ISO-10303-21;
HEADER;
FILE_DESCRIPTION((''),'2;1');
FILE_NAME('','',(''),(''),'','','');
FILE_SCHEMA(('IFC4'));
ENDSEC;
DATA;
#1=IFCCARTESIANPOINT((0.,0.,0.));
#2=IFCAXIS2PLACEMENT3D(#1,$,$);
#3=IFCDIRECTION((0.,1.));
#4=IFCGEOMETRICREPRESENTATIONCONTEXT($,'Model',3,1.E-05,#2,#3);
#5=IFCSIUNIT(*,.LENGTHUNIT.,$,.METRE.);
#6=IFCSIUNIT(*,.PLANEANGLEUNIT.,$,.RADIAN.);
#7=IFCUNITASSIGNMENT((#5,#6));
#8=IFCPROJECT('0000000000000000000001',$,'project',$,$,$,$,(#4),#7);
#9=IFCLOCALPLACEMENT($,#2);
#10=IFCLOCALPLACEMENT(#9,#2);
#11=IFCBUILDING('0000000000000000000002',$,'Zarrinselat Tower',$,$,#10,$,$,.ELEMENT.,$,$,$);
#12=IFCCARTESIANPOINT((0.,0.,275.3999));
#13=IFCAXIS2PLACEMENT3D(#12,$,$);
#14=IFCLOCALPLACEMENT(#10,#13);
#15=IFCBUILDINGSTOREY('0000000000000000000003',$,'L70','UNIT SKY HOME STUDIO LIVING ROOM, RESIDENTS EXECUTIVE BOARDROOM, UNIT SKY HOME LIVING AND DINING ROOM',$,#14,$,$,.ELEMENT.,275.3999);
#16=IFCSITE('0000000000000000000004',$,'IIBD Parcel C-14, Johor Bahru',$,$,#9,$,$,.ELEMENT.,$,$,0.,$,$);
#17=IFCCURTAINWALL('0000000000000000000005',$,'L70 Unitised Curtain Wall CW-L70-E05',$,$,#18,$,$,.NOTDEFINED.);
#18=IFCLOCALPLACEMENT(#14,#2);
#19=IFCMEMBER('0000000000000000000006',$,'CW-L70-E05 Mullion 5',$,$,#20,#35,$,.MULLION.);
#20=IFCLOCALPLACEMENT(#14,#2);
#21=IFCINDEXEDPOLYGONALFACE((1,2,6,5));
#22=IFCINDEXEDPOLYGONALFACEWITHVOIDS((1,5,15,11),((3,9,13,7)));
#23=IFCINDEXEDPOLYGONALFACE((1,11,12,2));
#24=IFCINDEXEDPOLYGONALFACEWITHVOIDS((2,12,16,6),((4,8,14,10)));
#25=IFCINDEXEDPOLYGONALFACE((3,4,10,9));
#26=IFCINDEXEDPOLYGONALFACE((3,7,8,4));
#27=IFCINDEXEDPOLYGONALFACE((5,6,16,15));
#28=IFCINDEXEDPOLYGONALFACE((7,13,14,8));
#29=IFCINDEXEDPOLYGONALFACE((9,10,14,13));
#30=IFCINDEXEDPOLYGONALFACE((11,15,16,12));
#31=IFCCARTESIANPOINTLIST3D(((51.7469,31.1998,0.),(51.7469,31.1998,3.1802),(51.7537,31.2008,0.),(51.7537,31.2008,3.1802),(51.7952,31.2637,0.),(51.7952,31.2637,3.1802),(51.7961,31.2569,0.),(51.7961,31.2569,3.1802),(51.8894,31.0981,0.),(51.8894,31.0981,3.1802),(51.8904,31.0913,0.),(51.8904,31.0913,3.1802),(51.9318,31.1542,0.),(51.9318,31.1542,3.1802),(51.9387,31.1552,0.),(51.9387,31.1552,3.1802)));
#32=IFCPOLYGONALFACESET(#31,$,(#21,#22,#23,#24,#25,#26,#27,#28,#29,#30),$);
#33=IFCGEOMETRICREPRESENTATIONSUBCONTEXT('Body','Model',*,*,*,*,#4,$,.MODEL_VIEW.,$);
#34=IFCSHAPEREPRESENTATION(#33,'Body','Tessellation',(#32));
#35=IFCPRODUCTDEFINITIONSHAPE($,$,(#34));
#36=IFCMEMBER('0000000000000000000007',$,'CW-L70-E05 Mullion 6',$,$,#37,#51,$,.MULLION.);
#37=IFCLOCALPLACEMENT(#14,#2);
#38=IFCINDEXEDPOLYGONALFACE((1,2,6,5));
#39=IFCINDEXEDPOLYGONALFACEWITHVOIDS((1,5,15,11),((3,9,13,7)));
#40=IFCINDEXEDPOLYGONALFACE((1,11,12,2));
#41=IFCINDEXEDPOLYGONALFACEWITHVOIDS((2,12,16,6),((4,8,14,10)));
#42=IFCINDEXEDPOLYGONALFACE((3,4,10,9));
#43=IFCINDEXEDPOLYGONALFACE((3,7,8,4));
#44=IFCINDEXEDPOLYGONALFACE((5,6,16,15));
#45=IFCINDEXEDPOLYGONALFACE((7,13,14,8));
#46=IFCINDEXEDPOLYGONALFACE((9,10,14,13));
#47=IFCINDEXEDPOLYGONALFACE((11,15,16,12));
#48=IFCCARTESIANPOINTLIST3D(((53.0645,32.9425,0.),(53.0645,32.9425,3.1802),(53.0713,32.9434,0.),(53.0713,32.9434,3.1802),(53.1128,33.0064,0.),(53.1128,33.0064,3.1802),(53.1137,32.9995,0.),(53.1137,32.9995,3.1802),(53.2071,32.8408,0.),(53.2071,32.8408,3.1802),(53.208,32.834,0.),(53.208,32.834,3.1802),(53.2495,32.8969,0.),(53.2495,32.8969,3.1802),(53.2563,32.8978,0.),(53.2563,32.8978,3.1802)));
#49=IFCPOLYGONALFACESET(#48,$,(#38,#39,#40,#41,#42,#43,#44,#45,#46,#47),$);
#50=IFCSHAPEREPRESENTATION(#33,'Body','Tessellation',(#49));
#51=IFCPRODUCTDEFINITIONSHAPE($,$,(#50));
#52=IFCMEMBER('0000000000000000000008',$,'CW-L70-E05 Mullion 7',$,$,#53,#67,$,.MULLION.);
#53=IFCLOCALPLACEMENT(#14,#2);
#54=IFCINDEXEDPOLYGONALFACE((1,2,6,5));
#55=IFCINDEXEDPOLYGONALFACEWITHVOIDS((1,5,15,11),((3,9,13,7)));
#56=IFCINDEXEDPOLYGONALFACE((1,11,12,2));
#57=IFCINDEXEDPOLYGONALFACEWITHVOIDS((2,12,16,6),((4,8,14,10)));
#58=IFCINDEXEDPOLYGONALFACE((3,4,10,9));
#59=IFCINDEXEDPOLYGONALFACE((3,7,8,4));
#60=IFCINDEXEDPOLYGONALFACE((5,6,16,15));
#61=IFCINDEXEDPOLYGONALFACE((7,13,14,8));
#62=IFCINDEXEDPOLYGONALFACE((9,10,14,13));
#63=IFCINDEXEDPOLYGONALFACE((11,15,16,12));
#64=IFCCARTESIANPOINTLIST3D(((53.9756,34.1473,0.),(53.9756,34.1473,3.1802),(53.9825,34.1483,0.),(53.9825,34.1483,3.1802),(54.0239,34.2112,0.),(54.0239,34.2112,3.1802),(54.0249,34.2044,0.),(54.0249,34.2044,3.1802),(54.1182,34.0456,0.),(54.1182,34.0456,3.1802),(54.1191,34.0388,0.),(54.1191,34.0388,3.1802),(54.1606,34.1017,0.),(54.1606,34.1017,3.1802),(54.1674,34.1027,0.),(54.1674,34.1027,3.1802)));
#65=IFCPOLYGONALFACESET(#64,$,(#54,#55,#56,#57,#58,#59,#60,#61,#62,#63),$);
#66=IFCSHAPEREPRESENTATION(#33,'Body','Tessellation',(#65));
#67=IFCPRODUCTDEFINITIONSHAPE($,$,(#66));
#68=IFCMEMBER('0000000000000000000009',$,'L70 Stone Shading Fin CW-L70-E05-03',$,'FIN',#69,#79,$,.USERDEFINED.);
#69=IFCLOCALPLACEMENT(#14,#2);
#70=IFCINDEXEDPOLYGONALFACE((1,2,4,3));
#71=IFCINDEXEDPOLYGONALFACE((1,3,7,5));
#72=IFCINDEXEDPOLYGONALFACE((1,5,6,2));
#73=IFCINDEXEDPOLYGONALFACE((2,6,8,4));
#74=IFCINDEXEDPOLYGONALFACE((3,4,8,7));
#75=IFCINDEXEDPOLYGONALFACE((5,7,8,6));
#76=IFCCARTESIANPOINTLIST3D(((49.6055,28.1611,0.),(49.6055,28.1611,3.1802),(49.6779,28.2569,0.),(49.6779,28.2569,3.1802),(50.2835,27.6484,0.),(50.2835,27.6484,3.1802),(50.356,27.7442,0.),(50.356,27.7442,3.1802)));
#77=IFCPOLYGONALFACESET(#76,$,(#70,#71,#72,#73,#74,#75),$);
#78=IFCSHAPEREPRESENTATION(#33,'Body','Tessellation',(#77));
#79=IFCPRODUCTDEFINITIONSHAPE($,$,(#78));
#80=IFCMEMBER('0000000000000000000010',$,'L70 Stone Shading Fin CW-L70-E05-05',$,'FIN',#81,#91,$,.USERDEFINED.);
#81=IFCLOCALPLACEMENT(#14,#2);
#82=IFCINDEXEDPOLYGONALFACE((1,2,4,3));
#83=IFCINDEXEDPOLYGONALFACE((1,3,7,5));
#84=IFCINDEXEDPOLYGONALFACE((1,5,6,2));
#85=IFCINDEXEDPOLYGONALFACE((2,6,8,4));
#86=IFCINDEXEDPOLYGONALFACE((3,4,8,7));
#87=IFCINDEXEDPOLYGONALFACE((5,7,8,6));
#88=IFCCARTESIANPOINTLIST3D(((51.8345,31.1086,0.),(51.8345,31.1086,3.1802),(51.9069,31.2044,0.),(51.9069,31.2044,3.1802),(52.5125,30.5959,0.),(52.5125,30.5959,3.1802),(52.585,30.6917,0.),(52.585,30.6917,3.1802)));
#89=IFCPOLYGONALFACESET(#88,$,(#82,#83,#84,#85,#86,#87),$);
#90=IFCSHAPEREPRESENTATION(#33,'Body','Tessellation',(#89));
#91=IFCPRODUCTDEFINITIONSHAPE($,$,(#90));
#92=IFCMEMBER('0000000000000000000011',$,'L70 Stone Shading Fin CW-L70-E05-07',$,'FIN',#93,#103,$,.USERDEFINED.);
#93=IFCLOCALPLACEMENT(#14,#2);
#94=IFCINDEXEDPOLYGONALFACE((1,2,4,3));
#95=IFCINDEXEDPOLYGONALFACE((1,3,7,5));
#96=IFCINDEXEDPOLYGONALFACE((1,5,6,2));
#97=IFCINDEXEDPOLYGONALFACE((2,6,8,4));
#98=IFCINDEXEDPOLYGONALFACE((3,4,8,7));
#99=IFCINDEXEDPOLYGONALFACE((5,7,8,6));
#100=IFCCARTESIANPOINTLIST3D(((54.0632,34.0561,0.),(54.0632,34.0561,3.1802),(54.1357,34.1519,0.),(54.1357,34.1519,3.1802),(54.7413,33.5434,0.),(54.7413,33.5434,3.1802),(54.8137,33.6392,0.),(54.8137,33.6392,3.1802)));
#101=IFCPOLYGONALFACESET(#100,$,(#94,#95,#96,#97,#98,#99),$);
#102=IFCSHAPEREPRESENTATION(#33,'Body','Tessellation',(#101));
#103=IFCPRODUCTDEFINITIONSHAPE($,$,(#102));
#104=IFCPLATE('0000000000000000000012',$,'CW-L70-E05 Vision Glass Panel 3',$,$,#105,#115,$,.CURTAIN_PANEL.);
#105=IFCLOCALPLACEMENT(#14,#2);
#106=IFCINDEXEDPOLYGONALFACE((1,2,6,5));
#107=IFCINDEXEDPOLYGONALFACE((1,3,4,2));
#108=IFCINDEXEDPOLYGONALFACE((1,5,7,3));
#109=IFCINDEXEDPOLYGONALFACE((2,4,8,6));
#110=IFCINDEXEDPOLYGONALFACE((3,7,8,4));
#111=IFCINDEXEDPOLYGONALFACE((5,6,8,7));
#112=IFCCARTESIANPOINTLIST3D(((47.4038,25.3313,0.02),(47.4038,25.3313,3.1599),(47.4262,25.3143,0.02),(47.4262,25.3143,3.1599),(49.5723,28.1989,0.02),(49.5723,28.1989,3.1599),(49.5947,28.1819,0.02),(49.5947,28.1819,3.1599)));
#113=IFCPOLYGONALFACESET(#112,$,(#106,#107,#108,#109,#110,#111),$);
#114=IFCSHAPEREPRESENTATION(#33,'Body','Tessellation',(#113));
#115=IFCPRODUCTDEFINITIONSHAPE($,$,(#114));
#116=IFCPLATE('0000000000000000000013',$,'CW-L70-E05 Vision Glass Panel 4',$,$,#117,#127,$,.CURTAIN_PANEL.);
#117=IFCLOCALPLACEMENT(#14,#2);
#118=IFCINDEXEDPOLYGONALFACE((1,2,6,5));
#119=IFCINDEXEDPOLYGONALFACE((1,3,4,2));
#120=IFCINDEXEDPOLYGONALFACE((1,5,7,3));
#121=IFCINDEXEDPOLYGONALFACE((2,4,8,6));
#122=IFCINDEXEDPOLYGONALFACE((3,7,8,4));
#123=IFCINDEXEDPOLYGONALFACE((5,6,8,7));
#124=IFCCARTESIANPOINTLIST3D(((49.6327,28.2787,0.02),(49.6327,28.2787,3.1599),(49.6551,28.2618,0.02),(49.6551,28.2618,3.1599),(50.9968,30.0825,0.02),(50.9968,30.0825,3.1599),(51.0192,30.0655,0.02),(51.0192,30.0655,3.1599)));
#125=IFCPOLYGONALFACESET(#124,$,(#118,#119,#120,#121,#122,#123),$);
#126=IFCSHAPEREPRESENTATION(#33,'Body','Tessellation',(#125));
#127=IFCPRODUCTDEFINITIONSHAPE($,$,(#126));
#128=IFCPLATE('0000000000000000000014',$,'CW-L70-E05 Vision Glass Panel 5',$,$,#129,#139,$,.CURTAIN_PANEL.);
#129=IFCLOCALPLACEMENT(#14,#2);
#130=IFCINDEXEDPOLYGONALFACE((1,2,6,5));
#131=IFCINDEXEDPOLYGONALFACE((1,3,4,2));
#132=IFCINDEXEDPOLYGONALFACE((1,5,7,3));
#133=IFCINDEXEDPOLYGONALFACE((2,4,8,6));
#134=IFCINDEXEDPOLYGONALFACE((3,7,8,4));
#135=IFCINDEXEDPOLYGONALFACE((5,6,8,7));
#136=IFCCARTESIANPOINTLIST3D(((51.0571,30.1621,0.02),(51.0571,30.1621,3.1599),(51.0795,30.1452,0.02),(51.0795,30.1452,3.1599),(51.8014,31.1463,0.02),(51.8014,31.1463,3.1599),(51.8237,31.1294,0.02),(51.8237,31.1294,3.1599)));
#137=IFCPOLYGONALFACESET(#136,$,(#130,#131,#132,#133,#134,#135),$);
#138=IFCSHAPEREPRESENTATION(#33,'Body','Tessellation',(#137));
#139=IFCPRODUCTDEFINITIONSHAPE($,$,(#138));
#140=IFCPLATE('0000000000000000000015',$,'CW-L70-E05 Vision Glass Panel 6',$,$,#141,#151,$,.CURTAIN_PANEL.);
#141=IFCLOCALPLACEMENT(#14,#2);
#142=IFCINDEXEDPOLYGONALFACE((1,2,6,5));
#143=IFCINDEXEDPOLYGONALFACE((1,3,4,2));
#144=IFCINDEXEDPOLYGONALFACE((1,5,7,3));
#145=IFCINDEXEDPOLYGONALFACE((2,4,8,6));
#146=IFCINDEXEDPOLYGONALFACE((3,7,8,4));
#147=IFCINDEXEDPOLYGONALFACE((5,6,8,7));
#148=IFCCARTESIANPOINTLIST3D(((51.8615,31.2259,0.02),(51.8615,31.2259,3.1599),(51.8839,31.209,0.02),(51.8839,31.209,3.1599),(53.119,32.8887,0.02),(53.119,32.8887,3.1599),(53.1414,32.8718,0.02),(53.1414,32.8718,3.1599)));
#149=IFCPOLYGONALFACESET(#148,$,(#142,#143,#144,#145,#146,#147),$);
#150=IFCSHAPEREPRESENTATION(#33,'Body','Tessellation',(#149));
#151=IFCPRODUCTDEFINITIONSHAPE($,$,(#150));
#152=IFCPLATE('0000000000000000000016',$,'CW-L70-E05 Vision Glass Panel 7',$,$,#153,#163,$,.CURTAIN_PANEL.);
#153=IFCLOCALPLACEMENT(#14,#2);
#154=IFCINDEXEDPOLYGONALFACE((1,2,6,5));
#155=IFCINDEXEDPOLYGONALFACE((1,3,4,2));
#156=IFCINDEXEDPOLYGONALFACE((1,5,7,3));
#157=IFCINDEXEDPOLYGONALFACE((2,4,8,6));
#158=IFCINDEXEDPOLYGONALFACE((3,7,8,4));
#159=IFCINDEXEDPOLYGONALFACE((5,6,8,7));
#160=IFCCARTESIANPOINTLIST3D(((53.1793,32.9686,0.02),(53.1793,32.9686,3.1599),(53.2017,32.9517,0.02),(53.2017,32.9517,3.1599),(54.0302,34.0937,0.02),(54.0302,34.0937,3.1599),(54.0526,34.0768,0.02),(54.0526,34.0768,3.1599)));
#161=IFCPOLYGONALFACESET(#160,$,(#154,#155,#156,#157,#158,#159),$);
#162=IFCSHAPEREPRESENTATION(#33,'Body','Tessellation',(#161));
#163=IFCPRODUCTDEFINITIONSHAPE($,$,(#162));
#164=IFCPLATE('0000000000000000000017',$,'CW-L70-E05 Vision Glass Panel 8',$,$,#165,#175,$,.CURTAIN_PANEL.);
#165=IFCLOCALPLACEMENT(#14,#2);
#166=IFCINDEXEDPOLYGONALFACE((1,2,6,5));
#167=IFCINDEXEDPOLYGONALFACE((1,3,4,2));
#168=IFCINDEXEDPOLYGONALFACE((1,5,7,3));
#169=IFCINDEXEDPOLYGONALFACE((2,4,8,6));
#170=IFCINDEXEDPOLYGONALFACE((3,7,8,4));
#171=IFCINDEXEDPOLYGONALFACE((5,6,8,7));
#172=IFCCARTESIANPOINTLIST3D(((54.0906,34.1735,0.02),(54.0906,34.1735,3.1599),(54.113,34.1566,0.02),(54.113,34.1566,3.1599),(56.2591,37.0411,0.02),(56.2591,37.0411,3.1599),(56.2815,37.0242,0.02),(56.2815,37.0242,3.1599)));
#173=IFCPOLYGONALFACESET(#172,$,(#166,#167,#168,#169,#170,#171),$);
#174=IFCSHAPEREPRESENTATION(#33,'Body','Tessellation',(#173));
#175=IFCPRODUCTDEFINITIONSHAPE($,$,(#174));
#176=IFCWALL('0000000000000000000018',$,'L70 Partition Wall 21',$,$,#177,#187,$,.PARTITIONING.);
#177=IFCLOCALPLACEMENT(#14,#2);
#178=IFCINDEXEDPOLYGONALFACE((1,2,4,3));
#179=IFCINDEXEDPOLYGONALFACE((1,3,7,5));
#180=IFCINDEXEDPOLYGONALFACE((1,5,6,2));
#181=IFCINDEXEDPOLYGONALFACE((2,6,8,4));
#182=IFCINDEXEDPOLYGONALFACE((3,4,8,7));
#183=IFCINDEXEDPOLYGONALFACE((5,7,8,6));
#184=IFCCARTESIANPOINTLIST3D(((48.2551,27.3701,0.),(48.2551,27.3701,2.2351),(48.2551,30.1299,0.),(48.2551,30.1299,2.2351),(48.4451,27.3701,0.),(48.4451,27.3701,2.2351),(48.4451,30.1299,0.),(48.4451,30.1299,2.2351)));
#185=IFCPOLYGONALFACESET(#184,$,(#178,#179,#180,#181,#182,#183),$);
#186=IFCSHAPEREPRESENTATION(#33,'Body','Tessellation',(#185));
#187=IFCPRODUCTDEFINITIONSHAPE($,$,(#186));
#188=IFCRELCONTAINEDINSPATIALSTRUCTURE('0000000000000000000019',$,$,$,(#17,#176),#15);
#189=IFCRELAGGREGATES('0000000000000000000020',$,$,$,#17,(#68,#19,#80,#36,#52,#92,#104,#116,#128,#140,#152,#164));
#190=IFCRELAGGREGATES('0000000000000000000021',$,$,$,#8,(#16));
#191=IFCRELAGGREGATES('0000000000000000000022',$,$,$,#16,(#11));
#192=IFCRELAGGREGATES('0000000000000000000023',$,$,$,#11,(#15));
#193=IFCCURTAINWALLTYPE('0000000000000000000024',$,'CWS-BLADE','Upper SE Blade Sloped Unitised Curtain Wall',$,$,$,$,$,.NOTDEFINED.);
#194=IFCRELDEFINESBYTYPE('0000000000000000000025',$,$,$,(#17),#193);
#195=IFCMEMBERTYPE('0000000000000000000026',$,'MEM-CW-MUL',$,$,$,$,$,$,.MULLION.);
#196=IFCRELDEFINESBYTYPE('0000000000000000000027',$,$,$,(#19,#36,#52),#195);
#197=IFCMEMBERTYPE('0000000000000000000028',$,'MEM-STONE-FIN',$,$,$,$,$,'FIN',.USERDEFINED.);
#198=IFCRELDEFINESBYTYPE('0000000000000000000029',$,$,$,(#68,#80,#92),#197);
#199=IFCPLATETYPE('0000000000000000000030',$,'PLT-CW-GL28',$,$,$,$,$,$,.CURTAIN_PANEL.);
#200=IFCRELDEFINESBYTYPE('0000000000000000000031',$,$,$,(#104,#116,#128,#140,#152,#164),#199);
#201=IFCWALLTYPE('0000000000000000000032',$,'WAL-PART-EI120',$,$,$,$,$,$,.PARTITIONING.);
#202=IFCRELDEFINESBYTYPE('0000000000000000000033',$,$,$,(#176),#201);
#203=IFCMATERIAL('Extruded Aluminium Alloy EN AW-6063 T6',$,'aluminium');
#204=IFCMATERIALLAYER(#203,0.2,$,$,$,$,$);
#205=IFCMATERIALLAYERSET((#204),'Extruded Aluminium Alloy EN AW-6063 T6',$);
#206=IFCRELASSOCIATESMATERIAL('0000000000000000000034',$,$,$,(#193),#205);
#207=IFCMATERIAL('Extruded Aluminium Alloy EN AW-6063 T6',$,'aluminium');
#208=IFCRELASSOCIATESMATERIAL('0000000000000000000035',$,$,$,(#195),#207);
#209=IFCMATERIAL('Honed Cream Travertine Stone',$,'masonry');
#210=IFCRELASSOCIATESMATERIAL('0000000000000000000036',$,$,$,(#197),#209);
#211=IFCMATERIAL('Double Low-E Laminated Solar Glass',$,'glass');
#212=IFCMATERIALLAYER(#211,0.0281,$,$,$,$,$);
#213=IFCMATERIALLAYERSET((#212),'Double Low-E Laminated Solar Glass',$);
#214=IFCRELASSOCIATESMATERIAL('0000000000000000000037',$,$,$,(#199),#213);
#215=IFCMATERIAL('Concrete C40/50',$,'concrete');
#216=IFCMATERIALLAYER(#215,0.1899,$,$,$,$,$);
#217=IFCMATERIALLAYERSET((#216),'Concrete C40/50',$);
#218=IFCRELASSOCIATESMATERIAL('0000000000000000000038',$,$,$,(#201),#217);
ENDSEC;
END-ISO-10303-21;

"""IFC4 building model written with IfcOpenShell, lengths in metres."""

from ifc_helpers import new_model, si_unit, direction, frame, frame_2d, origin, origin_2d, place, context, subcontext, project, spatial, rectangle, hollow_rectangle, extrude, material, layer, layer_set, material_profile, profile_set, type_object, element, aggregate, save


model = new_model("IFC4")

# Units and contexts
model_context = context("Model", 3, precision=1e-05, world=origin(), true_north=direction((0.0, 1.0)))
body_context = subcontext(model_context, "Body", "Model", "MODEL_VIEW")
ifc_project = project(units=[si_unit("LENGTHUNIT", "METRE"), si_unit("PLANEANGLEUNIT", "RADIAN")], contexts=[model_context])

# Site, building, storey
site_placement = place(None, origin())
site = spatial("IfcSite", under=ifc_project, at=site_placement, Name="IIBD Parcel C-14, Johor Bahru", CompositionType="ELEMENT", RefElevation=0.0)
building_placement = place(site_placement, origin())
building = spatial("IfcBuilding", under=site, at=building_placement, Name="Zarrinselat Tower", CompositionType="ELEMENT")
storey_placement = place(building_placement, frame((0.0, 0.0, 275.3999)))
storey = spatial("IfcBuildingStorey", under=building, at=storey_placement, Name="L70", Description="UNIT SKY HOME STUDIO LIVING ROOM, RESIDENTS EXECUTIVE BOARDROOM, UNIT SKY HOME LIVING AND DINING ROOM", CompositionType="ELEMENT", Elevation=275.3999)

# Curtain wall, members, plates
ifc_material_1 = material(Name="Extruded Aluminium Alloy EN AW-6063 T6", Category="aluminium")
ifc_layer_1 = layer(ifc_material_1, 0.2)
ifc_layer_set_1 = layer_set([ifc_layer_1], Name="Extruded Aluminium Alloy EN AW-6063 T6")
curtain_wall_type = type_object("IfcCurtainWallType", Name="CWS-BLADE", Description="Upper SE Blade Sloped Unitised Curtain Wall", PredefinedType="NOTDEFINED", material=ifc_layer_set_1)
curtain_wall_placement = place(storey_placement, origin())
curtain_wall = element("IfcCurtainWall", 1, at=curtain_wall_placement, inside=storey, type_object=curtain_wall_type, Name="L70 Unitised Curtain Wall CW-L70-E05", PredefinedType="NOTDEFINED")
ifc_material_2 = material(Name="Extruded Aluminium Alloy EN AW-6063 T6", Category="aluminium")
ifc_material_profile_1 = material_profile(ifc_material_2, hollow_rectangle(XDim=0.0801, YDim=0.1799, WallThickness=0.0049, at=origin_2d()), Name="RHS 180x80x5")
ifc_profile_set_1 = profile_set([ifc_material_profile_1], Name="Extruded Aluminium Alloy EN AW-6063 T6")
member_type_1 = type_object("IfcMemberType", Name="MEM-CW-MUL", PredefinedType="MULLION", material=ifc_profile_set_1)
member_1_placement = place(storey_placement, frame((51.8428, 31.1775, 0.0), z_axis=(0.0, 0.0, 1.0), x_axis=(0.60317, 0.797613, 0.0)))
member_1 = element("IfcMember", 2, at=member_1_placement, type_object=member_type_1, Name="CW-L70-E05 Mullion 5", PredefinedType="MULLION", context=body_context, shape_type="SweptSolid", body=[
    extrude(hollow_rectangle(XDim=0.0801, YDim=0.1799, WallThickness=0.0049, at=origin_2d()), origin(), (0.0, 0.0, 1.0), 3.1802),
])
member_2_placement = place(storey_placement, frame((53.1604, 32.9202, 0.0), z_axis=(0.0, 0.0, 1.0), x_axis=(0.60317, 0.797613, 0.0)))
member_2 = element("IfcMember", 3, at=member_2_placement, type_object=member_type_1, Name="CW-L70-E05 Mullion 6", PredefinedType="MULLION", context=body_context, shape_type="SweptSolid", body=[
    extrude(hollow_rectangle(XDim=0.0801, YDim=0.1799, WallThickness=0.0049, at=origin_2d()), origin(), (0.0, 0.0, 1.0), 3.1802),
])
member_3_placement = place(storey_placement, frame((54.0715, 34.125, 0.0), z_axis=(0.0, 0.0, 1.0), x_axis=(0.60317, 0.797613, 0.0)))
member_3 = element("IfcMember", 4, at=member_3_placement, type_object=member_type_1, Name="CW-L70-E05 Mullion 7", PredefinedType="MULLION", context=body_context, shape_type="SweptSolid", body=[
    extrude(hollow_rectangle(XDim=0.0801, YDim=0.1799, WallThickness=0.0049, at=origin_2d()), origin(), (0.0, 0.0, 1.0), 3.1802),
])
ifc_material_3 = material(Name="Honed Cream Travertine Stone", Category="masonry")
ifc_material_profile_2 = material_profile(ifc_material_3, rectangle(XDim=0.1201, YDim=0.8501, at=origin_2d()), Name="FIN 850x120")
ifc_profile_set_2 = profile_set([ifc_material_profile_2], Name="Honed Cream Travertine Stone")
member_type_2 = type_object("IfcMemberType", Name="MEM-STONE-FIN", ElementType="FIN", PredefinedType="USERDEFINED", material=ifc_profile_set_2)
member_4_placement = place(storey_placement, frame((49.9807, 27.9526, 0.0), z_axis=(0.0, 0.0, 1.0), x_axis=(-0.60317, -0.797613, 0.0)))
member_4 = element("IfcMember", 5, at=member_4_placement, type_object=member_type_2, Name="L70 Stone Shading Fin CW-L70-E05-03", ObjectType="FIN", PredefinedType="USERDEFINED", context=body_context, shape_type="SweptSolid", body=[
    extrude(rectangle(XDim=0.1201, YDim=0.8501, at=origin_2d()), origin(), (0.0, 0.0, 1.0), 3.1802),
])
member_5_placement = place(storey_placement, frame((52.2097, 30.9001, 0.0), z_axis=(0.0, 0.0, 1.0), x_axis=(-0.60317, -0.797613, 0.0)))
member_5 = element("IfcMember", 6, at=member_5_placement, type_object=member_type_2, Name="L70 Stone Shading Fin CW-L70-E05-05", ObjectType="FIN", PredefinedType="USERDEFINED", context=body_context, shape_type="SweptSolid", body=[
    extrude(rectangle(XDim=0.1201, YDim=0.8501, at=origin_2d()), origin(), (0.0, 0.0, 1.0), 3.1802),
])
member_6_placement = place(storey_placement, frame((54.4385, 33.8477, 0.0), z_axis=(0.0, 0.0, 1.0), x_axis=(-0.60317, -0.797613, 0.0)))
member_6 = element("IfcMember", 7, at=member_6_placement, type_object=member_type_2, Name="L70 Stone Shading Fin CW-L70-E05-07", ObjectType="FIN", PredefinedType="USERDEFINED", context=body_context, shape_type="SweptSolid", body=[
    extrude(rectangle(XDim=0.1201, YDim=0.8501, at=origin_2d()), origin(), (0.0, 0.0, 1.0), 3.1802),
])
ifc_material_4 = material(Name="Double Low-E Laminated Solar Glass", Category="glass")
ifc_layer_2 = layer(ifc_material_4, 0.0281)
ifc_layer_set_2 = layer_set([ifc_layer_2], Name="Double Low-E Laminated Solar Glass")
plate_type = type_object("IfcPlateType", Name="PLT-CW-GL28", PredefinedType="CURTAIN_PANEL", material=ifc_layer_set_2)
plate_1_placement = place(storey_placement, frame((48.4993, 26.7566, 0.02), z_axis=(0.0, 0.0, 1.0), x_axis=(0.60317, 0.797613, 0.0)))
plate_1 = element("IfcPlate", 8, at=plate_1_placement, type_object=plate_type, Name="CW-L70-E05 Vision Glass Panel 3", PredefinedType="CURTAIN_PANEL", context=body_context, shape_type="SweptSolid", body=[
    extrude(rectangle(XDim=3.5952, YDim=0.0281, at=origin_2d()), origin(), (0.0, 0.0, 1.0), 3.1399),
])
plate_2_placement = place(storey_placement, frame((50.3259, 29.1721, 0.02), z_axis=(0.0, 0.0, 1.0), x_axis=(0.60317, 0.797613, 0.0)))
plate_2 = element("IfcPlate", 9, at=plate_2_placement, type_object=plate_type, Name="CW-L70-E05 Vision Glass Panel 4", PredefinedType="CURTAIN_PANEL", context=body_context, shape_type="SweptSolid", body=[
    extrude(rectangle(XDim=2.2615, YDim=0.0281, at=origin_2d()), origin(), (0.0, 0.0, 1.0), 3.1399),
])
plate_3_placement = place(storey_placement, frame((51.4404, 30.6458, 0.02), z_axis=(0.0, 0.0, 1.0), x_axis=(0.60317, 0.797613, 0.0)))
plate_3 = element("IfcPlate", 10, at=plate_3_placement, type_object=plate_type, Name="CW-L70-E05 Vision Glass Panel 5", PredefinedType="CURTAIN_PANEL", context=body_context, shape_type="SweptSolid", body=[
    extrude(rectangle(XDim=1.2339, YDim=0.0281, at=origin_2d()), origin(), (0.0, 0.0, 1.0), 3.1399),
])
plate_4_placement = place(storey_placement, frame((52.5015, 32.0488, 0.02), z_axis=(0.0, 0.0, 1.0), x_axis=(0.60317, 0.797613, 0.0)))
plate_4 = element("IfcPlate", 11, at=plate_4_placement, type_object=plate_type, Name="CW-L70-E05 Vision Glass Panel 6", PredefinedType="CURTAIN_PANEL", context=body_context, shape_type="SweptSolid", body=[
    extrude(rectangle(XDim=2.0847, YDim=0.0281, at=origin_2d()), origin(), (0.0, 0.0, 1.0), 3.1399),
])
plate_5_placement = place(storey_placement, frame((53.616, 33.5227, 0.02), z_axis=(0.0, 0.0, 1.0), x_axis=(0.60317, 0.797613, 0.0)))
plate_5 = element("IfcPlate", 12, at=plate_5_placement, type_object=plate_type, Name="CW-L70-E05 Vision Glass Panel 7", PredefinedType="CURTAIN_PANEL", context=body_context, shape_type="SweptSolid", body=[
    extrude(rectangle(XDim=1.4106, YDim=0.0281, at=origin_2d()), origin(), (0.0, 0.0, 1.0), 3.1399),
])
plate_6_placement = place(storey_placement, frame((55.186, 35.5989, 0.02), z_axis=(0.0, 0.0, 1.0), x_axis=(0.60317, 0.797613, 0.0)))
plate_6 = element("IfcPlate", 13, at=plate_6_placement, type_object=plate_type, Name="CW-L70-E05 Vision Glass Panel 8", PredefinedType="CURTAIN_PANEL", context=body_context, shape_type="SweptSolid", body=[
    extrude(rectangle(XDim=3.5952, YDim=0.0281, at=origin_2d()), origin(), (0.0, 0.0, 1.0), 3.1399),
])
aggregate(curtain_wall, [member_4, member_1, member_5, member_2, member_3, member_6, plate_1, plate_2, plate_3, plate_4, plate_5, plate_6])

# Wall
ifc_material_5 = material(Name="Concrete C40/50", Category="concrete")
ifc_layer_3 = layer(ifc_material_5, 0.1899)
ifc_layer_set_3 = layer_set([ifc_layer_3], Name="Concrete C40/50")
wall_type_1 = type_object("IfcWallType", Name="WAL-PART-EI120", PredefinedType="PARTITIONING", material=ifc_layer_set_3)
wall_1_placement = place(storey_placement, frame((48.3501, 27.3701, 0.0), z_axis=(0.0, 0.0, 1.0), x_axis=(0.0, 1.0, 0.0)))
element("IfcWall", 14, at=wall_1_placement, inside=storey, type_object=wall_type_1, Name="L70 Partition Wall 21", PredefinedType="PARTITIONING", context=body_context, shape_type="SweptSolid", body=[
    extrude(rectangle(XDim=2.7598, YDim=0.1899, at=frame_2d((1.3799, 0.0))), origin(), (0.0, 0.0, 1.0), 2.2351),
])

save(model, "model.ifc")
